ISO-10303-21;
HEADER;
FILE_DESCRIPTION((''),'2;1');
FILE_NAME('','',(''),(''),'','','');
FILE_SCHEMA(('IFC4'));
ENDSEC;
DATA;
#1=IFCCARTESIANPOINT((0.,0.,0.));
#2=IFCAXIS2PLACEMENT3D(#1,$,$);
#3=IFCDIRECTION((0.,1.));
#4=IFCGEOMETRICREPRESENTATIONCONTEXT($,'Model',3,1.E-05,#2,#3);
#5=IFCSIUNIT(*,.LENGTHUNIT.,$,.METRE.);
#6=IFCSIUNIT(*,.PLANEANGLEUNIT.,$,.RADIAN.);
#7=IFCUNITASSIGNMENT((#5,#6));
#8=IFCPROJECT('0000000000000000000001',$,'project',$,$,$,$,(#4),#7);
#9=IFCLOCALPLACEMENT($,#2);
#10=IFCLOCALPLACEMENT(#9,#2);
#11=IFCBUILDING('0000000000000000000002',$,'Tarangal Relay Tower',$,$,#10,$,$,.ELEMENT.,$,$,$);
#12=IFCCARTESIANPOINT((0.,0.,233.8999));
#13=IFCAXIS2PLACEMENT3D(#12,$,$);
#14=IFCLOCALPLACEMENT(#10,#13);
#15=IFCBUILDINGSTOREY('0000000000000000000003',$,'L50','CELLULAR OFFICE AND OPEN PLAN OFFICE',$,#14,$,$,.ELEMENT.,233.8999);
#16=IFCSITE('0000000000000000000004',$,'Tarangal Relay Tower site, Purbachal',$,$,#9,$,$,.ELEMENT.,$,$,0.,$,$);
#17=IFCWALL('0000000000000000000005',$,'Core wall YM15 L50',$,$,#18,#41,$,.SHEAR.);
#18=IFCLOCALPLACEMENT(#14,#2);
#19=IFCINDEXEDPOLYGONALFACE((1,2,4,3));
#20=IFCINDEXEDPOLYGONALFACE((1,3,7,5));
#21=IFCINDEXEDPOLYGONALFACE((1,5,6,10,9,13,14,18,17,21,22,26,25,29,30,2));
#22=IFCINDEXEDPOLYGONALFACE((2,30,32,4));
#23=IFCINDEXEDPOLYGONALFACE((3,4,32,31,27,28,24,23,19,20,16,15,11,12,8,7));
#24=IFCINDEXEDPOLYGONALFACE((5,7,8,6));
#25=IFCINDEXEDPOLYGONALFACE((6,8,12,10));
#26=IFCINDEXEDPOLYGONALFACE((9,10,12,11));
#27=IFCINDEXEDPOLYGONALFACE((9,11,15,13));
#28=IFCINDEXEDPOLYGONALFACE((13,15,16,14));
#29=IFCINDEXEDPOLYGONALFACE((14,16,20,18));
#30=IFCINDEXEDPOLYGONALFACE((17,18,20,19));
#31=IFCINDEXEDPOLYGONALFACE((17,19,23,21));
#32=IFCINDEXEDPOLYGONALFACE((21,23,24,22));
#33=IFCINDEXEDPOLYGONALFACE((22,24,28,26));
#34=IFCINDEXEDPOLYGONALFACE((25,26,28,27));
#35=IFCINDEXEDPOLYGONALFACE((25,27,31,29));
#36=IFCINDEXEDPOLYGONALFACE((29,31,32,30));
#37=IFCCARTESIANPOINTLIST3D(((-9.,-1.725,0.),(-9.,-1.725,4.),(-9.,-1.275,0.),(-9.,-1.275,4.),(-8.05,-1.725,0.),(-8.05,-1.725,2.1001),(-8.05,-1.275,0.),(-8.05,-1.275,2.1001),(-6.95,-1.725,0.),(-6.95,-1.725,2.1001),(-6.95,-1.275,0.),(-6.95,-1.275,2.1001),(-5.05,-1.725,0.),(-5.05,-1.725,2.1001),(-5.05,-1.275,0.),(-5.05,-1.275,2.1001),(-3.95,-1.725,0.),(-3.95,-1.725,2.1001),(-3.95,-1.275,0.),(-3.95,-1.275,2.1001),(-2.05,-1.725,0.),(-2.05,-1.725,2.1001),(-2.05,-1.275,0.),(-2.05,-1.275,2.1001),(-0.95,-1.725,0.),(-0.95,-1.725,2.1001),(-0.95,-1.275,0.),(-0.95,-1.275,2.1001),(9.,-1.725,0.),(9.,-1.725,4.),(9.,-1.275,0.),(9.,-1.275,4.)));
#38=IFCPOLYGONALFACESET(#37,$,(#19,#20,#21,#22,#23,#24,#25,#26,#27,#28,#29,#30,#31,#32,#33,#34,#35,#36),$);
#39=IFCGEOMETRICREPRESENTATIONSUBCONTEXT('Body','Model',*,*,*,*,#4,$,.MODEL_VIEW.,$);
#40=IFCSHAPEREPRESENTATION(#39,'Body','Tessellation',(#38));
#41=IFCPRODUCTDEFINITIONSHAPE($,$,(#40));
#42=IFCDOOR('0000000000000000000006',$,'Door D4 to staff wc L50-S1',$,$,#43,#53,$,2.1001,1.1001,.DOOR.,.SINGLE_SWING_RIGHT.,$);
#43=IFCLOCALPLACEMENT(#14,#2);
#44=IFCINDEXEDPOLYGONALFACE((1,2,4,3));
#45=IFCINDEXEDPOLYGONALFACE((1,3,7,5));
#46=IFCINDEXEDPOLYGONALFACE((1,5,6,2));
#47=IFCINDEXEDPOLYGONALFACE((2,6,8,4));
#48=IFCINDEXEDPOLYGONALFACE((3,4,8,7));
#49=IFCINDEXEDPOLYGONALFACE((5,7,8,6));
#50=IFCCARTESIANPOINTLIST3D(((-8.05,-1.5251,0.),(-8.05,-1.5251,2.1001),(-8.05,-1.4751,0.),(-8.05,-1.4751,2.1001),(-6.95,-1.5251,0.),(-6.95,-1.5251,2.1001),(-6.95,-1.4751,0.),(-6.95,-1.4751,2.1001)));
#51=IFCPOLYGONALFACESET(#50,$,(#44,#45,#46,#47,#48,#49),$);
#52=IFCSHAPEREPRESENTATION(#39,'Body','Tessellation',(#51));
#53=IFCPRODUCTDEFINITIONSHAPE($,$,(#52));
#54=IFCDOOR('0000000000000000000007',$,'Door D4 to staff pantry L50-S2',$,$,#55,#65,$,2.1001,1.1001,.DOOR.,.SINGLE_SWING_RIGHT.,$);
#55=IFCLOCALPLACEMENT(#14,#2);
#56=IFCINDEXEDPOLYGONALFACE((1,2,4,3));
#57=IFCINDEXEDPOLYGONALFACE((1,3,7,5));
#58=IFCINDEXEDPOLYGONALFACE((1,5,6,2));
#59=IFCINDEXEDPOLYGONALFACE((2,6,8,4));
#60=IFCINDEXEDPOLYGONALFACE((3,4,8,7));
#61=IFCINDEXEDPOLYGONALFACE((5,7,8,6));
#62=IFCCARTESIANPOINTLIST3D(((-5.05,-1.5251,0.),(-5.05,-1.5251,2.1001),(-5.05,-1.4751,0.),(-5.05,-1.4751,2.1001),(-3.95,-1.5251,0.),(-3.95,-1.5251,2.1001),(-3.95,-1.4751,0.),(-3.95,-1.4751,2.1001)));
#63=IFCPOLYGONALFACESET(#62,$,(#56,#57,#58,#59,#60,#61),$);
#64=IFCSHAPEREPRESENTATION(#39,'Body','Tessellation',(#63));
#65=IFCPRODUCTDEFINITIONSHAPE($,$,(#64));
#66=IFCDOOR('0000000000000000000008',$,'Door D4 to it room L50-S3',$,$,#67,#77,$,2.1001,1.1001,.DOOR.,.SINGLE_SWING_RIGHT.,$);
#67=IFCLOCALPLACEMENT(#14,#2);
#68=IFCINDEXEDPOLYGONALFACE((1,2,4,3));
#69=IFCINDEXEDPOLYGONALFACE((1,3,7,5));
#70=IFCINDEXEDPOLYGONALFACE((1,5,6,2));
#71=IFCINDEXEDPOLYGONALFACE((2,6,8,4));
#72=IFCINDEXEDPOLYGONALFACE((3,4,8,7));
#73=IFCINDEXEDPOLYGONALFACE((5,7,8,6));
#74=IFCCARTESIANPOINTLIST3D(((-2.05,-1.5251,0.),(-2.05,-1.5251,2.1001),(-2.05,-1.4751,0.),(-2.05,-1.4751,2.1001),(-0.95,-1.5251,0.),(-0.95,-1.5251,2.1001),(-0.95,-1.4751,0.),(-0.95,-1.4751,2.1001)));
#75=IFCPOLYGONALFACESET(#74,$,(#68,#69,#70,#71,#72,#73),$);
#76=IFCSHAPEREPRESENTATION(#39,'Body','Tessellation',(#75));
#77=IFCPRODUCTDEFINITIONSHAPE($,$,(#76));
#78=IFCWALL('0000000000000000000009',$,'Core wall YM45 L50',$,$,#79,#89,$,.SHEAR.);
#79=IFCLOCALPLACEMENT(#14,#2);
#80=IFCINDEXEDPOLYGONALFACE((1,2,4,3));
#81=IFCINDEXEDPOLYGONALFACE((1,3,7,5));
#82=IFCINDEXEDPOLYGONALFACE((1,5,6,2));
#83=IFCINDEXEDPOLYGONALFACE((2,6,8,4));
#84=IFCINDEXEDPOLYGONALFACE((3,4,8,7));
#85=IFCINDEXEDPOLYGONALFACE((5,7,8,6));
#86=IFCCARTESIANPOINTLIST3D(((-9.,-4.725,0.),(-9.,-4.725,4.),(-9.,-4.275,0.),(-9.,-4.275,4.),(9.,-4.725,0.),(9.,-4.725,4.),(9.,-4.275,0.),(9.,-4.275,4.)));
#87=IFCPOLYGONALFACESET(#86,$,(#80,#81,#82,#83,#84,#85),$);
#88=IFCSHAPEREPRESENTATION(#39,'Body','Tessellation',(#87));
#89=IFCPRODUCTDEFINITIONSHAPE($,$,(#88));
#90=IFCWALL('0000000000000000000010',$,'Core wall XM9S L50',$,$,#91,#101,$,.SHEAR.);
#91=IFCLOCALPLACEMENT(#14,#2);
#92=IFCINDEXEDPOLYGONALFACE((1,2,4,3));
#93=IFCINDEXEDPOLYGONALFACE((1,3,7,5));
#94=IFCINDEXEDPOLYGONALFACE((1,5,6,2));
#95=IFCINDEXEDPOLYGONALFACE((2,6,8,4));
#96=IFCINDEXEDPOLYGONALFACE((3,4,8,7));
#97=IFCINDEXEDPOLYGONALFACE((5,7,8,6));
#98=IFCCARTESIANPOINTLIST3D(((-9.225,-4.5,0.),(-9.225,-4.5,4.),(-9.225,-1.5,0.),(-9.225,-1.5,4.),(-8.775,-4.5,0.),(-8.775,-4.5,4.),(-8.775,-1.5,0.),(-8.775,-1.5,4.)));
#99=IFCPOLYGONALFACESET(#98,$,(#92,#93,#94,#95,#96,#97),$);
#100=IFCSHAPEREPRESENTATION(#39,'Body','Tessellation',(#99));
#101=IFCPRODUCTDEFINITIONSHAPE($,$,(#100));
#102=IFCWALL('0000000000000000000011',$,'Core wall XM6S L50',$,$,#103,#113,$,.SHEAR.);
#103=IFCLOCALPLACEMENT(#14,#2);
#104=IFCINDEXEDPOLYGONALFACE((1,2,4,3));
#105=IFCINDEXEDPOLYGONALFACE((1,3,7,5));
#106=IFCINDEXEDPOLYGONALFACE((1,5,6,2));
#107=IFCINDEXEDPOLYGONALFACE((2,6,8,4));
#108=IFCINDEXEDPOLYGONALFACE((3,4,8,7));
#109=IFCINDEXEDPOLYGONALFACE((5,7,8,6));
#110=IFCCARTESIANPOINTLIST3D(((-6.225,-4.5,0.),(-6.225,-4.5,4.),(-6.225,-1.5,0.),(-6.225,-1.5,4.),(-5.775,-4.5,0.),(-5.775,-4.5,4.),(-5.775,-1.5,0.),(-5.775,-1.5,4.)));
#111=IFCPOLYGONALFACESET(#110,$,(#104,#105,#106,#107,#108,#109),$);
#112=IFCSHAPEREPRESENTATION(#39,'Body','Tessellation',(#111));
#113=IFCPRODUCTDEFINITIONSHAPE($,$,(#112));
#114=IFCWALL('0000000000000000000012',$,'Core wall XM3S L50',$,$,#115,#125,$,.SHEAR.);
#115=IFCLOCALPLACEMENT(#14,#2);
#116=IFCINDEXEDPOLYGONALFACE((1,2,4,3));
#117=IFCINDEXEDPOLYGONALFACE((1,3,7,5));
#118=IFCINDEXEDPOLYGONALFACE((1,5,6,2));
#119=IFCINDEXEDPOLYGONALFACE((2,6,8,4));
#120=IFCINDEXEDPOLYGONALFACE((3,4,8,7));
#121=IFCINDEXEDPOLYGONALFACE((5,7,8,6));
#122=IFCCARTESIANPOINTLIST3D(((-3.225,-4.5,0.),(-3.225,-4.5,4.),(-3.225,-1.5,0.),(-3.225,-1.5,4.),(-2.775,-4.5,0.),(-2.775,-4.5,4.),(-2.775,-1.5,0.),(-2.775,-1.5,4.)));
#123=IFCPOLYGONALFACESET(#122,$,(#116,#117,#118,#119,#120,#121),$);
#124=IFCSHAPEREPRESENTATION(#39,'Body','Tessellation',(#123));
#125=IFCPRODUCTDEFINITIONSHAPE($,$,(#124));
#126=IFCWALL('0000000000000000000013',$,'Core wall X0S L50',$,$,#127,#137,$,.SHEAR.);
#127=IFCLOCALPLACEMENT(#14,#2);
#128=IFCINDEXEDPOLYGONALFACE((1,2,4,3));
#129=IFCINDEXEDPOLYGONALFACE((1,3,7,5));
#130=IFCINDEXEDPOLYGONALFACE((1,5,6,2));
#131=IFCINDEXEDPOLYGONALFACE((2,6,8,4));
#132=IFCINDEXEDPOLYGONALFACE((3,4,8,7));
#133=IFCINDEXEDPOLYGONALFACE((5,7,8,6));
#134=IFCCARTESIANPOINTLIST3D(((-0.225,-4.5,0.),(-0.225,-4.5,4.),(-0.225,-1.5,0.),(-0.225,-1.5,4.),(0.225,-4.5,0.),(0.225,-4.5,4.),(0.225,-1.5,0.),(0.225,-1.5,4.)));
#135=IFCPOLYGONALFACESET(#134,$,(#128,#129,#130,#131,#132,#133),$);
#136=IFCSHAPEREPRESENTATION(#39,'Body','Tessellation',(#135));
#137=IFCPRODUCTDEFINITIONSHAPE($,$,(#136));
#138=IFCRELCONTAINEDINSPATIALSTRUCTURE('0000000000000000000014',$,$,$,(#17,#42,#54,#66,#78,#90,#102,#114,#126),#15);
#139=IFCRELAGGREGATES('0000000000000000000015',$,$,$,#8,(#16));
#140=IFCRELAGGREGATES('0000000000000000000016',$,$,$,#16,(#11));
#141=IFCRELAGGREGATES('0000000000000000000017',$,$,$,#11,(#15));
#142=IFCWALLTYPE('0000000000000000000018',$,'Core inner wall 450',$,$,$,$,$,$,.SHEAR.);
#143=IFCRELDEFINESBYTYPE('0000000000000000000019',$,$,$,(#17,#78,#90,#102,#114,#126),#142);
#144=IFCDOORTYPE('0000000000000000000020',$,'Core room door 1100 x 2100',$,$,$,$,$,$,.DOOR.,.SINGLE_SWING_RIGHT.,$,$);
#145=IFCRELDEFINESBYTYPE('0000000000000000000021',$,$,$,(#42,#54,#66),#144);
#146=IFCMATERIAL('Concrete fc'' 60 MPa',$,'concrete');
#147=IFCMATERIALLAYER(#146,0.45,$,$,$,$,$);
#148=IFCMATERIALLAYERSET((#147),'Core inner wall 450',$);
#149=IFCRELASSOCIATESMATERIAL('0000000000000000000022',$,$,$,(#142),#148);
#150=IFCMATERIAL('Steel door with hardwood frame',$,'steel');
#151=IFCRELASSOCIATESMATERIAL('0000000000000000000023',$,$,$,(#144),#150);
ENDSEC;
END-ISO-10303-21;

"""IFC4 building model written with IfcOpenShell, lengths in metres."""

from ifc_helpers import new_model, si_unit, direction, frame, frame_2d, origin, place, context, subcontext, project, spatial, rectangle, extrude, material, layer, layer_set, type_object, element, fill, save


model = new_model("IFC4")

# Units and contexts
model_context = context("Model", 3, precision=1e-05, world=origin(), true_north=direction((0.0, 1.0)))
body_context = subcontext(model_context, "Body", "Model", "MODEL_VIEW")
ifc_project = project(units=[si_unit("LENGTHUNIT", "METRE"), si_unit("PLANEANGLEUNIT", "RADIAN")], contexts=[model_context])

# Site, building, storey
site_placement = place(None, origin())
site = spatial("IfcSite", under=ifc_project, at=site_placement, Name="Tarangal Relay Tower site, Purbachal", CompositionType="ELEMENT", RefElevation=0.0)
building_placement = place(site_placement, origin())
building = spatial("IfcBuilding", under=site, at=building_placement, Name="Tarangal Relay Tower", CompositionType="ELEMENT")
storey_placement = place(building_placement, frame((0.0, 0.0, 233.8999)))
storey = spatial("IfcBuildingStorey", under=building, at=storey_placement, Name="L50", Description="CELLULAR OFFICE AND OPEN PLAN OFFICE", CompositionType="ELEMENT", Elevation=233.8999)

# Wall, openings, doors
ifc_material_1 = material(Name="Concrete fc' 60 MPa", Category="concrete")
ifc_layer_1 = layer(ifc_material_1, 0.45)
ifc_layer_set_1 = layer_set([ifc_layer_1], Name="Core inner wall 450")
wall_type_1 = type_object("IfcWallType", Name="Core inner wall 450", PredefinedType="SHEAR", material=ifc_layer_set_1)
wall_1_placement = place(storey_placement, frame((-9.0, -1.5, 0.0), z_axis=(0.0, 0.0, 1.0), x_axis=(1.0, 0.0, 0.0)))
wall_1 = element("IfcWall", 1, at=wall_1_placement, inside=storey, type_object=wall_type_1, Name="Core wall YM15 L50", PredefinedType="SHEAR", context=body_context, shape_type="SweptSolid", body=[
    extrude(rectangle(XDim=18.0, YDim=0.45, at=frame_2d((9.0, 0.0))), origin(), (0.0, 0.0, 1.0), 4.0),
])
opening_1_placement = place(wall_1_placement, frame((0.95, 0.0, 0.0)))
opening_1 = element("IfcOpeningElement", 2, at=opening_1_placement, cuts=wall_1, PredefinedType="OPENING", context=body_context, shape_type="SweptSolid", body=[
    extrude(rectangle(XDim=1.1001, YDim=2.1001, at=frame_2d((0.55, 1.05))), frame((0.0, 0.2349, 0.0), z_axis=(0.0, -1.0, 0.0), x_axis=(1.0, 0.0, 0.0)), (0.0, 0.0, 1.0), 0.47),
])
opening_2_placement = place(wall_1_placement, frame((3.95, 0.0, 0.0)))
opening_2 = element("IfcOpeningElement", 3, at=opening_2_placement, cuts=wall_1, PredefinedType="OPENING", context=body_context, shape_type="SweptSolid", body=[
    extrude(rectangle(XDim=1.1001, YDim=2.1001, at=frame_2d((0.55, 1.05))), frame((0.0, 0.2349, 0.0), z_axis=(0.0, -1.0, 0.0), x_axis=(1.0, 0.0, 0.0)), (0.0, 0.0, 1.0), 0.47),
])
opening_3_placement = place(wall_1_placement, frame((6.95, 0.0, 0.0)))
opening_3 = element("IfcOpeningElement", 4, at=opening_3_placement, cuts=wall_1, PredefinedType="OPENING", context=body_context, shape_type="SweptSolid", body=[
    extrude(rectangle(XDim=1.1001, YDim=2.1001, at=frame_2d((0.55, 1.05))), frame((0.0, 0.2349, 0.0), z_axis=(0.0, -1.0, 0.0), x_axis=(1.0, 0.0, 0.0)), (0.0, 0.0, 1.0), 0.47),
])
ifc_material_2 = material(Name="Steel door with hardwood frame", Category="steel")
door_type_1 = type_object("IfcDoorType", Name="Core room door 1100 x 2100", OperationType="SINGLE_SWING_RIGHT", PredefinedType="DOOR", material=ifc_material_2)
door_1_placement = place(opening_1_placement, origin())
door_1 = element("IfcDoor", 5, at=door_1_placement, inside=storey, type_object=door_type_1, Name="Door D4 to staff wc L50-S1", OperationType="SINGLE_SWING_RIGHT", OverallHeight=2.1001, OverallWidth=1.1001, PredefinedType="DOOR", context=body_context, shape_type="SweptSolid", body=[
    extrude(rectangle(XDim=1.1001, YDim=2.1001, at=frame_2d((0.55, 1.05))), frame((0.0, 0.0249, 0.0), z_axis=(0.0, -1.0, 0.0), x_axis=(1.0, 0.0, 0.0)), (0.0, 0.0, 1.0), 0.05),
])
fill(opening_1, door_1)
door_2_placement = place(opening_2_placement, origin())
door_2 = element("IfcDoor", 6, at=door_2_placement, inside=storey, type_object=door_type_1, Name="Door D4 to staff pantry L50-S2", OperationType="SINGLE_SWING_RIGHT", OverallHeight=2.1001, OverallWidth=1.1001, PredefinedType="DOOR", context=body_context, shape_type="SweptSolid", body=[
    extrude(rectangle(XDim=1.1001, YDim=2.1001, at=frame_2d((0.55, 1.05))), frame((0.0, 0.0249, 0.0), z_axis=(0.0, -1.0, 0.0), x_axis=(1.0, 0.0, 0.0)), (0.0, 0.0, 1.0), 0.05),
])
fill(opening_2, door_2)
door_3_placement = place(opening_3_placement, origin())
door_3 = element("IfcDoor", 7, at=door_3_placement, inside=storey, type_object=door_type_1, Name="Door D4 to it room L50-S3", OperationType="SINGLE_SWING_RIGHT", OverallHeight=2.1001, OverallWidth=1.1001, PredefinedType="DOOR", context=body_context, shape_type="SweptSolid", body=[
    extrude(rectangle(XDim=1.1001, YDim=2.1001, at=frame_2d((0.55, 1.05))), frame((0.0, 0.0249, 0.0), z_axis=(0.0, -1.0, 0.0), x_axis=(1.0, 0.0, 0.0)), (0.0, 0.0, 1.0), 0.05),
])
fill(opening_3, door_3)

# Walls
wall_2_placement = place(storey_placement, frame((-9.0, -4.5, 0.0), z_axis=(0.0, 0.0, 1.0), x_axis=(1.0, 0.0, 0.0)))
element("IfcWall", 8, at=wall_2_placement, inside=storey, type_object=wall_type_1, Name="Core wall YM45 L50", PredefinedType="SHEAR", context=body_context, shape_type="SweptSolid", body=[
    extrude(rectangle(XDim=18.0, YDim=0.45, at=frame_2d((9.0, 0.0))), origin(), (0.0, 0.0, 1.0), 4.0),
])
for number, where, z_axis, x_axis, name in (
    (9, (-9.0, -4.5, 0.0), (0.0, 0.0, 1.0), (0.0, 1.0, 0.0), "Core wall XM9S L50"),
    (10, (-6.0, -4.5, 0.0), (0.0, 0.0, 1.0), (0.0, 1.0, 0.0), "Core wall XM6S L50"),
    (11, (-3.0, -4.5, 0.0), (0.0, 0.0, 1.0), (0.0, 1.0, 0.0), "Core wall XM3S L50"),
    (12, (0.0, -4.5, 0.0), (0.0, 0.0, 1.0), (0.0, 1.0, 0.0), "Core wall X0S L50"),
):
    element("IfcWall", number, at=place(storey_placement, frame(where, z_axis=z_axis, x_axis=x_axis)), inside=storey, type_object=wall_type_1, Name=name, PredefinedType="SHEAR", context=body_context, shape_type="SweptSolid", body=[
        extrude(rectangle(XDim=3.0, YDim=0.45, at=frame_2d((1.5, 0.0))), origin(), (0.0, 0.0, 1.0), 4.0),
    ])

save(model, "model.ifc")
